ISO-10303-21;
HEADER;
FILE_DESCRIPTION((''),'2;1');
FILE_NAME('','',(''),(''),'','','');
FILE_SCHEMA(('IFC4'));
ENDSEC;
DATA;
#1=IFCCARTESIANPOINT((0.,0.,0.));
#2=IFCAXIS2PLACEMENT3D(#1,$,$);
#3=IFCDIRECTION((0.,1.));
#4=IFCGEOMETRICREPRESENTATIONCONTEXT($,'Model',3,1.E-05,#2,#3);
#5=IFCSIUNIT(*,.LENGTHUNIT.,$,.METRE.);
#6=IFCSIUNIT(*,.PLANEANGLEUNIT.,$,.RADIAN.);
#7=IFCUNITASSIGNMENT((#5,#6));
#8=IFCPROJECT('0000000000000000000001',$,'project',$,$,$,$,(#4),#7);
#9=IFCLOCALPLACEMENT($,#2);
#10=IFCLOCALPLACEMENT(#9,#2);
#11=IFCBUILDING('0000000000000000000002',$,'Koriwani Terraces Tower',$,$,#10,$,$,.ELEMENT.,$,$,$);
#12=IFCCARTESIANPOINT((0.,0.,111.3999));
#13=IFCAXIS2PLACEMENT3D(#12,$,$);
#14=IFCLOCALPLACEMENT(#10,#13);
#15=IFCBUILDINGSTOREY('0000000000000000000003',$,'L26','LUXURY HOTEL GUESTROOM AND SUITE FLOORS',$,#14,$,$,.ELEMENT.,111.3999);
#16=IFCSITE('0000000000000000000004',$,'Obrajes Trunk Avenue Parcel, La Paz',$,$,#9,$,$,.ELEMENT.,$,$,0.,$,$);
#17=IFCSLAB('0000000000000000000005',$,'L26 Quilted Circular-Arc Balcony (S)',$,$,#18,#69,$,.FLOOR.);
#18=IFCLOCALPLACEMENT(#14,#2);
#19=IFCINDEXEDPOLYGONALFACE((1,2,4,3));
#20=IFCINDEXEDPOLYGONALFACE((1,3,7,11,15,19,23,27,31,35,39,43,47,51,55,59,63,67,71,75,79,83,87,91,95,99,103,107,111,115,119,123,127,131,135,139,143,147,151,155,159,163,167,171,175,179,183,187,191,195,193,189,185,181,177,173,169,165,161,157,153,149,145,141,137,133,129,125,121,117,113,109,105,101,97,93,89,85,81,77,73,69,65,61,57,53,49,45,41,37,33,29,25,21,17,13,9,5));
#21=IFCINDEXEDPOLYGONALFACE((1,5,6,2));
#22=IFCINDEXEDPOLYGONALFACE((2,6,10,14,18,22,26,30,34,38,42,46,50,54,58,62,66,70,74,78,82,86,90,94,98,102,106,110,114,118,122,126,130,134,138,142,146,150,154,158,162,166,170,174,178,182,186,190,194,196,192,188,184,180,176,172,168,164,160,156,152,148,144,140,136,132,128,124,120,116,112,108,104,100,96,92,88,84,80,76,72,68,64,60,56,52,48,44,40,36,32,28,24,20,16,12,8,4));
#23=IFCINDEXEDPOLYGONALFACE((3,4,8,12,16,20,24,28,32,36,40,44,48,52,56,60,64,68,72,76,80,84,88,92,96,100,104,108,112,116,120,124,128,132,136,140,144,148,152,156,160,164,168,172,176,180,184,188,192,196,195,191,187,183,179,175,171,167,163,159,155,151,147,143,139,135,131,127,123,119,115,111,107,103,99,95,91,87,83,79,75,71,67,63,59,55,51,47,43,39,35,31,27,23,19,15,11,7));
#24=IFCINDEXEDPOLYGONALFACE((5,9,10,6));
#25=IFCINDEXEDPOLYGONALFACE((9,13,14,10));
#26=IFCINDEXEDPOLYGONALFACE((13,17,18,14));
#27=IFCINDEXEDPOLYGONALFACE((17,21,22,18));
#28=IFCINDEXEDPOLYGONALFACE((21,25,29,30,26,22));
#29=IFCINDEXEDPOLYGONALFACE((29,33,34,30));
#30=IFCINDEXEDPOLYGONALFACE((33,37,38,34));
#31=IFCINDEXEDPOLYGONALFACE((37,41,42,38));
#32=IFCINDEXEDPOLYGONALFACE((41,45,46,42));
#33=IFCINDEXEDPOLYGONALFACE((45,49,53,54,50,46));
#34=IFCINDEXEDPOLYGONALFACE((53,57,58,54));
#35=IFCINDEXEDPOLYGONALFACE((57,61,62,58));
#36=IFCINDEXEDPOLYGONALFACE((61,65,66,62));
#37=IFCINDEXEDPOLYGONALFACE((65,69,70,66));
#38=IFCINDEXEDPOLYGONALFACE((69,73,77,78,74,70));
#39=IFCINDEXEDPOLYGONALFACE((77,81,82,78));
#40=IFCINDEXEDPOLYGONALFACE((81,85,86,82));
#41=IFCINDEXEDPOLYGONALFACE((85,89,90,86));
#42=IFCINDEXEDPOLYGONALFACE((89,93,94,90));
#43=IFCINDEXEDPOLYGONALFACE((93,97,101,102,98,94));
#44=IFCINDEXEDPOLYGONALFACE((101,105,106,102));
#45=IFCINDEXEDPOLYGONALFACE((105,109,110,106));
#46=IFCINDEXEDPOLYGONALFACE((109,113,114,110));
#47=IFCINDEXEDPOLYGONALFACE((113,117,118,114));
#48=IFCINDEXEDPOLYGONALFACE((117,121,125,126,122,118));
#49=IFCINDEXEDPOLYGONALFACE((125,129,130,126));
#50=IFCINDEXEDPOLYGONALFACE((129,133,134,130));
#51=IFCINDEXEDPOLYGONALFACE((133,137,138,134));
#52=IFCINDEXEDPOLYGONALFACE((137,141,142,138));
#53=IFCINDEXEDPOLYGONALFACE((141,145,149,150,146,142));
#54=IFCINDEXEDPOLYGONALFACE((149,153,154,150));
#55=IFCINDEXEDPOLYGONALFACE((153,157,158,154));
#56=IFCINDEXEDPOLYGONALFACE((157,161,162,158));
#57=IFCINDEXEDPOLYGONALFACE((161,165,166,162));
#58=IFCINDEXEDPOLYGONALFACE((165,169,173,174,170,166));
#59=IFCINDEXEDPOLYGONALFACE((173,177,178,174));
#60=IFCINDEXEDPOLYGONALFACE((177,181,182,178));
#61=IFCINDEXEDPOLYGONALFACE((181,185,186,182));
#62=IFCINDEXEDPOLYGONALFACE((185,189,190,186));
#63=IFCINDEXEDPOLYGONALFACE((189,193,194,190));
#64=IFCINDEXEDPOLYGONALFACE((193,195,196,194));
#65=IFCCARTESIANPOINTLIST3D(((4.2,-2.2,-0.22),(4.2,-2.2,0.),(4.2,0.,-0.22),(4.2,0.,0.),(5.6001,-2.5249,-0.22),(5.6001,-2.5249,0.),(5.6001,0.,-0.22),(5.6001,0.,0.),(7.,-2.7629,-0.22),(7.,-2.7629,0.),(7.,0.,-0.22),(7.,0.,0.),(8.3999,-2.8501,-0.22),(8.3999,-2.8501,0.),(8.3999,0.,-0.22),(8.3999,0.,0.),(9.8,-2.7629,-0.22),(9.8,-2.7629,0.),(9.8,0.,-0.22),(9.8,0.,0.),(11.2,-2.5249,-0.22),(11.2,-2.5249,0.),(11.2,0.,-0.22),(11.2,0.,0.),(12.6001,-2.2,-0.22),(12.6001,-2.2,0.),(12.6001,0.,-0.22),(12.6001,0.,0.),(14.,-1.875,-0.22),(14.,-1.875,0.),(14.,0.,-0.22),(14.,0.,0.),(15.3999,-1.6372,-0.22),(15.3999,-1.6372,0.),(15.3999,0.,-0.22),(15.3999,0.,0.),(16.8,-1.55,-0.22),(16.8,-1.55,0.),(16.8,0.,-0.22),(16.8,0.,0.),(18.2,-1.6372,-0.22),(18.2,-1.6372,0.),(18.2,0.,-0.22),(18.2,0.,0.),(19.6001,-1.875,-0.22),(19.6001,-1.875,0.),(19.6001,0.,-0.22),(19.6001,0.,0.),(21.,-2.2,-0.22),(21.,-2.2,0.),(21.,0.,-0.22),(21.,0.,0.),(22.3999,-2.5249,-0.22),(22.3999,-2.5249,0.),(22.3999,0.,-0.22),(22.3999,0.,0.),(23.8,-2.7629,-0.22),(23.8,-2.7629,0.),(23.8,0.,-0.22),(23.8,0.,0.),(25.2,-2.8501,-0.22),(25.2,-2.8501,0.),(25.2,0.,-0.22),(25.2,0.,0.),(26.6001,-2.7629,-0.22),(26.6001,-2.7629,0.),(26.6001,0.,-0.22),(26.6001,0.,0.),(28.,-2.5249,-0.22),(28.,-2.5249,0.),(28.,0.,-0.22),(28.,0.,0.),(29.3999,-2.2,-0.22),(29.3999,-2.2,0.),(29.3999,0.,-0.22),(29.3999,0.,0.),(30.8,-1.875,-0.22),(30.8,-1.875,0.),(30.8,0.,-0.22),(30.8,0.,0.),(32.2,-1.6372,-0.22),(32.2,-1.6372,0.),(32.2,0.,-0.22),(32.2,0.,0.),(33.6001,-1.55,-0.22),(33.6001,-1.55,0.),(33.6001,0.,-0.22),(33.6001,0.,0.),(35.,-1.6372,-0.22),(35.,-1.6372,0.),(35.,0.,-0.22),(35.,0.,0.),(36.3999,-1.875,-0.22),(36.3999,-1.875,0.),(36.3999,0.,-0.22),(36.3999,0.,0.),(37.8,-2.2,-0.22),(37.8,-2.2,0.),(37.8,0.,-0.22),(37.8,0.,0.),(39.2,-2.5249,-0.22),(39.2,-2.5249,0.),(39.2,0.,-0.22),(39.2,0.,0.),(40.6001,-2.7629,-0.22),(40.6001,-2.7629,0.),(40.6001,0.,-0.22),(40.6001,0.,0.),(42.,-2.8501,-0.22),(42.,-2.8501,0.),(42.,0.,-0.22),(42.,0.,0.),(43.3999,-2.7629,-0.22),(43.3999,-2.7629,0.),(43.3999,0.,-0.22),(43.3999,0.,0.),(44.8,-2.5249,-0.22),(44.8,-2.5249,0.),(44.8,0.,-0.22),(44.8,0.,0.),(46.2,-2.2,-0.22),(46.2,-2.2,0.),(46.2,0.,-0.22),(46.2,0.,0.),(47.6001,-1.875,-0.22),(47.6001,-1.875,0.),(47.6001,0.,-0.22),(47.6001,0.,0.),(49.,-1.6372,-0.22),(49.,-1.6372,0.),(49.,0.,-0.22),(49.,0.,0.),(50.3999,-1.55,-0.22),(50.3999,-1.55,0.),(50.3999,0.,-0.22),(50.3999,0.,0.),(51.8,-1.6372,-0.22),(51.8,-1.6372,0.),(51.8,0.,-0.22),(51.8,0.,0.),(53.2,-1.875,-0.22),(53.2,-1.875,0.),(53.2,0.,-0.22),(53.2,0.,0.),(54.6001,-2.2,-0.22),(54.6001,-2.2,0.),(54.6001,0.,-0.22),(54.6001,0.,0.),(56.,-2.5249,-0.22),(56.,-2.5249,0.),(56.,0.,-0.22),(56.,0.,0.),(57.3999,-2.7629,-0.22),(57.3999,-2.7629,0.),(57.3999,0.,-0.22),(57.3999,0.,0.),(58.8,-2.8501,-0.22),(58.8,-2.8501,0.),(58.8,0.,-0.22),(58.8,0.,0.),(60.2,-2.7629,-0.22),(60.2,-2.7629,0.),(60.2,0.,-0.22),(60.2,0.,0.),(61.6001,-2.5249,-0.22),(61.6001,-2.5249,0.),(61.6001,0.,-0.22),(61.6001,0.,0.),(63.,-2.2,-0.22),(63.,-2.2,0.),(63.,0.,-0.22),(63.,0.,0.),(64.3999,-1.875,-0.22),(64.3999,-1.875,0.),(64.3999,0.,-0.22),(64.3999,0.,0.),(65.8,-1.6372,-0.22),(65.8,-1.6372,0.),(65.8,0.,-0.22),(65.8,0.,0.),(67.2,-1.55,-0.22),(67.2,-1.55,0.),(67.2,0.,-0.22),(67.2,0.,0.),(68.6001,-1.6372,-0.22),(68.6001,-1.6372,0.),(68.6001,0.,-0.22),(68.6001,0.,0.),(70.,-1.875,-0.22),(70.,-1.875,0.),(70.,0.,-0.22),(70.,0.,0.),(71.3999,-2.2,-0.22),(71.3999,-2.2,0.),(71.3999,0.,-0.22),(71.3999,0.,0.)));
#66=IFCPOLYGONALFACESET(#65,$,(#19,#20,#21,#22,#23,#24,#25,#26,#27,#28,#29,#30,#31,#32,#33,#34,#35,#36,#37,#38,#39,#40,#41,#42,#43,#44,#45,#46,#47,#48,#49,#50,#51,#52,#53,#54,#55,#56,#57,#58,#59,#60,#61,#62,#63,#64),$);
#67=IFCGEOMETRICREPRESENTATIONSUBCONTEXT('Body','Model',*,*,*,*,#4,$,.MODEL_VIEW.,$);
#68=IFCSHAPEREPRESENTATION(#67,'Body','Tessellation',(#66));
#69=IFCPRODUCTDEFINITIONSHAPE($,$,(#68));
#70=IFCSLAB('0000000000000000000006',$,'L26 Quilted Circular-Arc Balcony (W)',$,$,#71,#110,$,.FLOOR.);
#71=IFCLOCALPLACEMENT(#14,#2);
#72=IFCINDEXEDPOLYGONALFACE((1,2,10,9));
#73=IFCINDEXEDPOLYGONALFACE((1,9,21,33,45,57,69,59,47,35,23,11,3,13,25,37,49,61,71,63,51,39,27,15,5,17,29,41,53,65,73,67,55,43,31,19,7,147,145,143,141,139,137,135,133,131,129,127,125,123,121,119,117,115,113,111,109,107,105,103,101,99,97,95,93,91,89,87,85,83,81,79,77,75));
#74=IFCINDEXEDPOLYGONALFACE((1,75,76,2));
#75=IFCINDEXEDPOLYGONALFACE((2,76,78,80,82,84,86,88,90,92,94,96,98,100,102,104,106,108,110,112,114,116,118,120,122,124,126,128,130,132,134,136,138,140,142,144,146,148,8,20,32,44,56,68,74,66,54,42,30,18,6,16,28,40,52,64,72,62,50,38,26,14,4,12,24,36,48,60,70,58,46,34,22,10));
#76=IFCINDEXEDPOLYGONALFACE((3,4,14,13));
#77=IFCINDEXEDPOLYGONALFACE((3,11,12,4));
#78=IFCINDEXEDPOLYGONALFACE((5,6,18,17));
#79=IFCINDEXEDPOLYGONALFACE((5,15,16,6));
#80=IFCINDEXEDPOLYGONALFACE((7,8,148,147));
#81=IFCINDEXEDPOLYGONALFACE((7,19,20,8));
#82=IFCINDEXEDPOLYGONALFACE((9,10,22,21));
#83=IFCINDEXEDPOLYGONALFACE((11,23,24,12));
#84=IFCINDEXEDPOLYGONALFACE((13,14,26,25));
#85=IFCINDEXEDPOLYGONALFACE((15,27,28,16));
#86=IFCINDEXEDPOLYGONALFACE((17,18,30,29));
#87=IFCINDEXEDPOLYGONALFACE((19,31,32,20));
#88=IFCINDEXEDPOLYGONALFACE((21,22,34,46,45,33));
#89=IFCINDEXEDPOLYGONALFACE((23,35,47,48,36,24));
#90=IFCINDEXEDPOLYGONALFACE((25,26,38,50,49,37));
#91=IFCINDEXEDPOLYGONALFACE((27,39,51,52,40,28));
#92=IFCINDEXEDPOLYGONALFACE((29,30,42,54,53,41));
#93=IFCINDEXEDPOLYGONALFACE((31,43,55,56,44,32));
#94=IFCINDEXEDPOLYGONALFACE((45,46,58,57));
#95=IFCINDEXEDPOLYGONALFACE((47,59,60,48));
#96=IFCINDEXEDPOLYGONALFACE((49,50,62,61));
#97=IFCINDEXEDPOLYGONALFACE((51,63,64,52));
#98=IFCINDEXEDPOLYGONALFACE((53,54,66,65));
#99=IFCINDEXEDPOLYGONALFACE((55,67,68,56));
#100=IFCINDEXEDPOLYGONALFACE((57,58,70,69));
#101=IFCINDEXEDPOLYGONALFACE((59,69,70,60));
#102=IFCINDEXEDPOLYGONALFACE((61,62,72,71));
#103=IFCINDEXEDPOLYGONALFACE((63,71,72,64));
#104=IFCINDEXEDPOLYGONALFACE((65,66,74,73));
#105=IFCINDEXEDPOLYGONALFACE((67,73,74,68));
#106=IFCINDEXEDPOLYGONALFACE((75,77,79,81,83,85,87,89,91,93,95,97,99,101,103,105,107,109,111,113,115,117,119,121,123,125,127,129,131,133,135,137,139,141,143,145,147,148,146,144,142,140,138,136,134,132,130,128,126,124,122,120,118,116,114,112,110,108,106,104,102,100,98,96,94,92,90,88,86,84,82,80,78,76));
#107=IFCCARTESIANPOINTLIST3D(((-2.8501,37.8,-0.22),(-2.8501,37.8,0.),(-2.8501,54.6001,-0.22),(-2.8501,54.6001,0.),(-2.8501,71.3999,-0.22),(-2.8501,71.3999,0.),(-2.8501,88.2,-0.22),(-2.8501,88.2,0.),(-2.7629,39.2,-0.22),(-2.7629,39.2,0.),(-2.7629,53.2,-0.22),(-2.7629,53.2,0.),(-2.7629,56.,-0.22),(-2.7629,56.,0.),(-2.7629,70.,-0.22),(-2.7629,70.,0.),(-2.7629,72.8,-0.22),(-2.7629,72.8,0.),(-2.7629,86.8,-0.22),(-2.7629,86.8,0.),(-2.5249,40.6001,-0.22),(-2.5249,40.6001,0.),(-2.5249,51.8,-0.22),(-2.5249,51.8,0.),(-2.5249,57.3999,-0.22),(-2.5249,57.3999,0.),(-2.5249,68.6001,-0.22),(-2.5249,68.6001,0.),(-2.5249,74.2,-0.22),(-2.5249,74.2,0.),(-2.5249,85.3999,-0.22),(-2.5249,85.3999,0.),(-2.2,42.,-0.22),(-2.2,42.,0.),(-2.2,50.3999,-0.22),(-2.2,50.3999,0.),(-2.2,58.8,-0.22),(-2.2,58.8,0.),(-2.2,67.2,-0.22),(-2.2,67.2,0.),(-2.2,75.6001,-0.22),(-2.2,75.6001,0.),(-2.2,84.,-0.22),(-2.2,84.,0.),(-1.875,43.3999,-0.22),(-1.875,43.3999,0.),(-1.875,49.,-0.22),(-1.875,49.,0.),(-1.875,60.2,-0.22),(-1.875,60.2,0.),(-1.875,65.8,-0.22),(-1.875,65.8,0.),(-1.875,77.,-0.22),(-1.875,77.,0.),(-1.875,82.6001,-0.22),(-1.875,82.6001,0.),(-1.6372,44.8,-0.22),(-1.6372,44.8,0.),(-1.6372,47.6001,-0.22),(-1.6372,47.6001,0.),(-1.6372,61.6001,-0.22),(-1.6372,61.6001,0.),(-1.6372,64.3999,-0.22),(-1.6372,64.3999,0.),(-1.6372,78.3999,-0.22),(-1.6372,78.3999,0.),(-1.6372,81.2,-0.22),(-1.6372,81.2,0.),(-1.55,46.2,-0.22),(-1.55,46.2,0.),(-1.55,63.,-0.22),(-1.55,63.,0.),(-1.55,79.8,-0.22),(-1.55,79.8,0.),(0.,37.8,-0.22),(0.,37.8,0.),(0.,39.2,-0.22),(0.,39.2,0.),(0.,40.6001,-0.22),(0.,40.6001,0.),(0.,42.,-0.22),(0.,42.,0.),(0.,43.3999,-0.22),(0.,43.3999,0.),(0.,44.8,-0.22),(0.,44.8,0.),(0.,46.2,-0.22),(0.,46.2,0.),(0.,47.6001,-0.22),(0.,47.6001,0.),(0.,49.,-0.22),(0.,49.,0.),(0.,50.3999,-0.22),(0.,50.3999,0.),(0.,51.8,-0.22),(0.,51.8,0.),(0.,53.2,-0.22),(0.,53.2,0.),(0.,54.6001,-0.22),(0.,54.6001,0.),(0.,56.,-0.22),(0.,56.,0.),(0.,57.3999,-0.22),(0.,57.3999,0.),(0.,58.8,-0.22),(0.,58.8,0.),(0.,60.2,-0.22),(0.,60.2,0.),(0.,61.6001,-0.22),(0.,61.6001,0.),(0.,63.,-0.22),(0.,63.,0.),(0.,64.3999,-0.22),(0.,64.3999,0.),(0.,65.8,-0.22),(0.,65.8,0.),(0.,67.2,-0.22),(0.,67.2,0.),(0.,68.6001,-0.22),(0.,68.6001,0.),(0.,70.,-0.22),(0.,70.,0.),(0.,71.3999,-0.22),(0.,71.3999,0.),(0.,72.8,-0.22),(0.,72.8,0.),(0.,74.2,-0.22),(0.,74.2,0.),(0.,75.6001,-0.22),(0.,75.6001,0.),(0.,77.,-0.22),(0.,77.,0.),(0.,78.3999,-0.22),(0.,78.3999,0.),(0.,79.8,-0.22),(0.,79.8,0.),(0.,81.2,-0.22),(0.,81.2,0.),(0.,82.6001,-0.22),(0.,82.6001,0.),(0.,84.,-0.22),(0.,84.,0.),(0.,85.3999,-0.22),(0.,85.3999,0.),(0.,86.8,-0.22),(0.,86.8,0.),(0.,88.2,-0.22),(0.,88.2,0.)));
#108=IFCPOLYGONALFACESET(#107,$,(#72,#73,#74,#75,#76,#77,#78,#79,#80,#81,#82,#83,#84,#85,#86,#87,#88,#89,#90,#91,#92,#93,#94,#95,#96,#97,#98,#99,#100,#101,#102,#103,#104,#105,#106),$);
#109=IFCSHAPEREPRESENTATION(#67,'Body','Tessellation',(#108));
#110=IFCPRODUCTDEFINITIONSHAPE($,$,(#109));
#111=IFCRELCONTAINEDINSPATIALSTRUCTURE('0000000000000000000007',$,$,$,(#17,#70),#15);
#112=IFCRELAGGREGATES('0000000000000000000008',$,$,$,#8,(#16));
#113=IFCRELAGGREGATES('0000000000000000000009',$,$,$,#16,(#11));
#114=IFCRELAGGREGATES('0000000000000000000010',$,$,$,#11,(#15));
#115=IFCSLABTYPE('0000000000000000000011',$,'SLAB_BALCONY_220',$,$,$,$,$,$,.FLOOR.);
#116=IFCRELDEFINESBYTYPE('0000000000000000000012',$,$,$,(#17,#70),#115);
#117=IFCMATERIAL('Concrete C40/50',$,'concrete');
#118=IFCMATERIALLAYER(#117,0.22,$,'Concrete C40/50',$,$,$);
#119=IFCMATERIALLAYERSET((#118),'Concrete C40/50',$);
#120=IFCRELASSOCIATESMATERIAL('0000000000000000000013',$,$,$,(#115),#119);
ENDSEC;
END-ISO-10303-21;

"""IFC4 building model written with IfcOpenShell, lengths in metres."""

from ifc_helpers import new_model, si_unit, direction, frame, origin, place, context, subcontext, project, spatial, polyline, outline, extrude, material, layer, layer_set, type_object, element, save


model = new_model("IFC4")

# Units and contexts
model_context = context("Model", 3, precision=1e-05, world=origin(), true_north=direction((0.0, 1.0)))
body_context = subcontext(model_context, "Body", "Model", "MODEL_VIEW")
ifc_project = project(units=[si_unit("LENGTHUNIT", "METRE"), si_unit("PLANEANGLEUNIT", "RADIAN")], contexts=[model_context])

# Site, building, storey
site_placement = place(None, origin())
site = spatial("IfcSite", under=ifc_project, at=site_placement, Name="Obrajes Trunk Avenue Parcel, La Paz", CompositionType="ELEMENT", RefElevation=0.0)
building_placement = place(site_placement, origin())
building = spatial("IfcBuilding", under=site, at=building_placement, Name="Koriwani Terraces Tower", CompositionType="ELEMENT")
storey_placement = place(building_placement, frame((0.0, 0.0, 111.3999)))
storey = spatial("IfcBuildingStorey", under=building, at=storey_placement, Name="L26", Description="LUXURY HOTEL GUESTROOM AND SUITE FLOORS", CompositionType="ELEMENT", Elevation=111.3999)

# Shared definitions
ifc_material_1 = material(Name="Concrete C40/50", Category="concrete")

# Slabs
ifc_layer_1 = layer(ifc_material_1, 0.22, Name="Concrete C40/50")
ifc_layer_set_1 = layer_set([ifc_layer_1], Name="Concrete C40/50")
slab_type_1 = type_object("IfcSlabType", Name="SLAB_BALCONY_220", PredefinedType="FLOOR", material=ifc_layer_set_1)
slab_1_placement = place(storey_placement, frame((0.0, 0.0, -0.22)))
element("IfcSlab", 1, at=slab_1_placement, inside=storey, type_object=slab_type_1, Name="L26 Quilted Circular-Arc Balcony (S)", PredefinedType="FLOOR", context=body_context, shape_type="SweptSolid", body=[
    extrude(outline(polyline([(4.2, 0.0), (5.6001, 0.0), (7.0, 0.0), (8.3999, 0.0), (9.8, 0.0), (11.2, 0.0), (12.6001, 0.0), (14.0, 0.0), (15.3999, 0.0), (16.8, 0.0), (18.2, 0.0), (19.6001, 0.0), (21.0, 0.0), (22.3999, 0.0), (23.8, 0.0), (25.2, 0.0), (26.6001, 0.0), (28.0, 0.0), (29.3999, 0.0), (30.8, 0.0), (32.2, 0.0), (33.6001, 0.0), (35.0, 0.0), (36.3999, 0.0), (37.8, 0.0), (39.2, 0.0), (40.6001, 0.0), (42.0, 0.0), (43.3999, 0.0), (44.8, 0.0), (46.2, 0.0), (47.6001, 0.0), (49.0, 0.0), (50.3999, 0.0), (51.8, 0.0), (53.2, 0.0), (54.6001, 0.0), (56.0, 0.0), (57.3999, 0.0), (58.8, 0.0), (60.2, 0.0), (61.6001, 0.0), (63.0, 0.0), (64.3999, 0.0), (65.8, 0.0), (67.2, 0.0), (68.6001, 0.0), (70.0, 0.0), (71.3999, 0.0), (71.3999, -2.2), (70.0, -1.875), (68.6001, -1.6372), (67.2, -1.55), (65.8, -1.6372), (64.3999, -1.875), (63.0, -2.2), (61.6001, -2.5249), (60.2, -2.7629), (58.8, -2.8501), (57.3999, -2.7629), (56.0, -2.5249), (54.6001, -2.2), (53.2, -1.875), (51.8, -1.6372), (50.3999, -1.55), (49.0, -1.6372), (47.6001, -1.875), (46.2, -2.2), (44.8, -2.5249), (43.3999, -2.7629), (42.0, -2.8501), (40.6001, -2.7629), (39.2, -2.5249), (37.8, -2.2), (36.3999, -1.875), (35.0, -1.6372), (33.6001, -1.55), (32.2, -1.6372), (30.8, -1.875), (29.3999, -2.2), (28.0, -2.5249), (26.6001, -2.7629), (25.2, -2.8501), (23.8, -2.7629), (22.3999, -2.5249), (21.0, -2.2), (19.6001, -1.875), (18.2, -1.6372), (16.8, -1.55), (15.3999, -1.6372), (14.0, -1.875), (12.6001, -2.2), (11.2, -2.5249), (9.8, -2.7629), (8.3999, -2.8501), (7.0, -2.7629), (5.6001, -2.5249), (4.2, -2.2), (4.2, 0.0)])), origin(), (0.0, 0.0, 1.0), 0.22),
])
slab_2_placement = place(storey_placement, frame((0.0, 0.0, -0.22)))
element("IfcSlab", 2, at=slab_2_placement, inside=storey, type_object=slab_type_1, Name="L26 Quilted Circular-Arc Balcony (W)", PredefinedType="FLOOR", context=body_context, shape_type="SweptSolid", body=[
    extrude(outline(polyline([(0.0, 37.8), (0.0, 39.2), (0.0, 40.6001), (0.0, 42.0), (0.0, 43.3999), (0.0, 44.8), (0.0, 46.2), (0.0, 47.6001), (0.0, 49.0), (0.0, 50.3999), (0.0, 51.8), (0.0, 53.2), (0.0, 54.6001), (0.0, 56.0), (0.0, 57.3999), (0.0, 58.8), (0.0, 60.2), (0.0, 61.6001), (0.0, 63.0), (0.0, 64.3999), (0.0, 65.8), (0.0, 67.2), (0.0, 68.6001), (0.0, 70.0), (0.0, 71.3999), (0.0, 72.8), (0.0, 74.2), (0.0, 75.6001), (0.0, 77.0), (0.0, 78.3999), (0.0, 79.8), (0.0, 81.2), (0.0, 82.6001), (0.0, 84.0), (0.0, 85.3999), (0.0, 86.8), (0.0, 88.2), (-2.8501, 88.2), (-2.7629, 86.8), (-2.5249, 85.3999), (-2.2, 84.0), (-1.875, 82.6001), (-1.6372, 81.2), (-1.55, 79.8), (-1.6372, 78.3999), (-1.875, 77.0), (-2.2, 75.6001), (-2.5249, 74.2), (-2.7629, 72.8), (-2.8501, 71.3999), (-2.7629, 70.0), (-2.5249, 68.6001), (-2.2, 67.2), (-1.875, 65.8), (-1.6372, 64.3999), (-1.55, 63.0), (-1.6372, 61.6001), (-1.875, 60.2), (-2.2, 58.8), (-2.5249, 57.3999), (-2.7629, 56.0), (-2.8501, 54.6001), (-2.7629, 53.2), (-2.5249, 51.8), (-2.2, 50.3999), (-1.875, 49.0), (-1.6372, 47.6001), (-1.55, 46.2), (-1.6372, 44.8), (-1.875, 43.3999), (-2.2, 42.0), (-2.5249, 40.6001), (-2.7629, 39.2), (-2.8501, 37.8), (0.0, 37.8)])), origin(), (0.0, 0.0, 1.0), 0.22),
])

save(model, "model.ifc")
